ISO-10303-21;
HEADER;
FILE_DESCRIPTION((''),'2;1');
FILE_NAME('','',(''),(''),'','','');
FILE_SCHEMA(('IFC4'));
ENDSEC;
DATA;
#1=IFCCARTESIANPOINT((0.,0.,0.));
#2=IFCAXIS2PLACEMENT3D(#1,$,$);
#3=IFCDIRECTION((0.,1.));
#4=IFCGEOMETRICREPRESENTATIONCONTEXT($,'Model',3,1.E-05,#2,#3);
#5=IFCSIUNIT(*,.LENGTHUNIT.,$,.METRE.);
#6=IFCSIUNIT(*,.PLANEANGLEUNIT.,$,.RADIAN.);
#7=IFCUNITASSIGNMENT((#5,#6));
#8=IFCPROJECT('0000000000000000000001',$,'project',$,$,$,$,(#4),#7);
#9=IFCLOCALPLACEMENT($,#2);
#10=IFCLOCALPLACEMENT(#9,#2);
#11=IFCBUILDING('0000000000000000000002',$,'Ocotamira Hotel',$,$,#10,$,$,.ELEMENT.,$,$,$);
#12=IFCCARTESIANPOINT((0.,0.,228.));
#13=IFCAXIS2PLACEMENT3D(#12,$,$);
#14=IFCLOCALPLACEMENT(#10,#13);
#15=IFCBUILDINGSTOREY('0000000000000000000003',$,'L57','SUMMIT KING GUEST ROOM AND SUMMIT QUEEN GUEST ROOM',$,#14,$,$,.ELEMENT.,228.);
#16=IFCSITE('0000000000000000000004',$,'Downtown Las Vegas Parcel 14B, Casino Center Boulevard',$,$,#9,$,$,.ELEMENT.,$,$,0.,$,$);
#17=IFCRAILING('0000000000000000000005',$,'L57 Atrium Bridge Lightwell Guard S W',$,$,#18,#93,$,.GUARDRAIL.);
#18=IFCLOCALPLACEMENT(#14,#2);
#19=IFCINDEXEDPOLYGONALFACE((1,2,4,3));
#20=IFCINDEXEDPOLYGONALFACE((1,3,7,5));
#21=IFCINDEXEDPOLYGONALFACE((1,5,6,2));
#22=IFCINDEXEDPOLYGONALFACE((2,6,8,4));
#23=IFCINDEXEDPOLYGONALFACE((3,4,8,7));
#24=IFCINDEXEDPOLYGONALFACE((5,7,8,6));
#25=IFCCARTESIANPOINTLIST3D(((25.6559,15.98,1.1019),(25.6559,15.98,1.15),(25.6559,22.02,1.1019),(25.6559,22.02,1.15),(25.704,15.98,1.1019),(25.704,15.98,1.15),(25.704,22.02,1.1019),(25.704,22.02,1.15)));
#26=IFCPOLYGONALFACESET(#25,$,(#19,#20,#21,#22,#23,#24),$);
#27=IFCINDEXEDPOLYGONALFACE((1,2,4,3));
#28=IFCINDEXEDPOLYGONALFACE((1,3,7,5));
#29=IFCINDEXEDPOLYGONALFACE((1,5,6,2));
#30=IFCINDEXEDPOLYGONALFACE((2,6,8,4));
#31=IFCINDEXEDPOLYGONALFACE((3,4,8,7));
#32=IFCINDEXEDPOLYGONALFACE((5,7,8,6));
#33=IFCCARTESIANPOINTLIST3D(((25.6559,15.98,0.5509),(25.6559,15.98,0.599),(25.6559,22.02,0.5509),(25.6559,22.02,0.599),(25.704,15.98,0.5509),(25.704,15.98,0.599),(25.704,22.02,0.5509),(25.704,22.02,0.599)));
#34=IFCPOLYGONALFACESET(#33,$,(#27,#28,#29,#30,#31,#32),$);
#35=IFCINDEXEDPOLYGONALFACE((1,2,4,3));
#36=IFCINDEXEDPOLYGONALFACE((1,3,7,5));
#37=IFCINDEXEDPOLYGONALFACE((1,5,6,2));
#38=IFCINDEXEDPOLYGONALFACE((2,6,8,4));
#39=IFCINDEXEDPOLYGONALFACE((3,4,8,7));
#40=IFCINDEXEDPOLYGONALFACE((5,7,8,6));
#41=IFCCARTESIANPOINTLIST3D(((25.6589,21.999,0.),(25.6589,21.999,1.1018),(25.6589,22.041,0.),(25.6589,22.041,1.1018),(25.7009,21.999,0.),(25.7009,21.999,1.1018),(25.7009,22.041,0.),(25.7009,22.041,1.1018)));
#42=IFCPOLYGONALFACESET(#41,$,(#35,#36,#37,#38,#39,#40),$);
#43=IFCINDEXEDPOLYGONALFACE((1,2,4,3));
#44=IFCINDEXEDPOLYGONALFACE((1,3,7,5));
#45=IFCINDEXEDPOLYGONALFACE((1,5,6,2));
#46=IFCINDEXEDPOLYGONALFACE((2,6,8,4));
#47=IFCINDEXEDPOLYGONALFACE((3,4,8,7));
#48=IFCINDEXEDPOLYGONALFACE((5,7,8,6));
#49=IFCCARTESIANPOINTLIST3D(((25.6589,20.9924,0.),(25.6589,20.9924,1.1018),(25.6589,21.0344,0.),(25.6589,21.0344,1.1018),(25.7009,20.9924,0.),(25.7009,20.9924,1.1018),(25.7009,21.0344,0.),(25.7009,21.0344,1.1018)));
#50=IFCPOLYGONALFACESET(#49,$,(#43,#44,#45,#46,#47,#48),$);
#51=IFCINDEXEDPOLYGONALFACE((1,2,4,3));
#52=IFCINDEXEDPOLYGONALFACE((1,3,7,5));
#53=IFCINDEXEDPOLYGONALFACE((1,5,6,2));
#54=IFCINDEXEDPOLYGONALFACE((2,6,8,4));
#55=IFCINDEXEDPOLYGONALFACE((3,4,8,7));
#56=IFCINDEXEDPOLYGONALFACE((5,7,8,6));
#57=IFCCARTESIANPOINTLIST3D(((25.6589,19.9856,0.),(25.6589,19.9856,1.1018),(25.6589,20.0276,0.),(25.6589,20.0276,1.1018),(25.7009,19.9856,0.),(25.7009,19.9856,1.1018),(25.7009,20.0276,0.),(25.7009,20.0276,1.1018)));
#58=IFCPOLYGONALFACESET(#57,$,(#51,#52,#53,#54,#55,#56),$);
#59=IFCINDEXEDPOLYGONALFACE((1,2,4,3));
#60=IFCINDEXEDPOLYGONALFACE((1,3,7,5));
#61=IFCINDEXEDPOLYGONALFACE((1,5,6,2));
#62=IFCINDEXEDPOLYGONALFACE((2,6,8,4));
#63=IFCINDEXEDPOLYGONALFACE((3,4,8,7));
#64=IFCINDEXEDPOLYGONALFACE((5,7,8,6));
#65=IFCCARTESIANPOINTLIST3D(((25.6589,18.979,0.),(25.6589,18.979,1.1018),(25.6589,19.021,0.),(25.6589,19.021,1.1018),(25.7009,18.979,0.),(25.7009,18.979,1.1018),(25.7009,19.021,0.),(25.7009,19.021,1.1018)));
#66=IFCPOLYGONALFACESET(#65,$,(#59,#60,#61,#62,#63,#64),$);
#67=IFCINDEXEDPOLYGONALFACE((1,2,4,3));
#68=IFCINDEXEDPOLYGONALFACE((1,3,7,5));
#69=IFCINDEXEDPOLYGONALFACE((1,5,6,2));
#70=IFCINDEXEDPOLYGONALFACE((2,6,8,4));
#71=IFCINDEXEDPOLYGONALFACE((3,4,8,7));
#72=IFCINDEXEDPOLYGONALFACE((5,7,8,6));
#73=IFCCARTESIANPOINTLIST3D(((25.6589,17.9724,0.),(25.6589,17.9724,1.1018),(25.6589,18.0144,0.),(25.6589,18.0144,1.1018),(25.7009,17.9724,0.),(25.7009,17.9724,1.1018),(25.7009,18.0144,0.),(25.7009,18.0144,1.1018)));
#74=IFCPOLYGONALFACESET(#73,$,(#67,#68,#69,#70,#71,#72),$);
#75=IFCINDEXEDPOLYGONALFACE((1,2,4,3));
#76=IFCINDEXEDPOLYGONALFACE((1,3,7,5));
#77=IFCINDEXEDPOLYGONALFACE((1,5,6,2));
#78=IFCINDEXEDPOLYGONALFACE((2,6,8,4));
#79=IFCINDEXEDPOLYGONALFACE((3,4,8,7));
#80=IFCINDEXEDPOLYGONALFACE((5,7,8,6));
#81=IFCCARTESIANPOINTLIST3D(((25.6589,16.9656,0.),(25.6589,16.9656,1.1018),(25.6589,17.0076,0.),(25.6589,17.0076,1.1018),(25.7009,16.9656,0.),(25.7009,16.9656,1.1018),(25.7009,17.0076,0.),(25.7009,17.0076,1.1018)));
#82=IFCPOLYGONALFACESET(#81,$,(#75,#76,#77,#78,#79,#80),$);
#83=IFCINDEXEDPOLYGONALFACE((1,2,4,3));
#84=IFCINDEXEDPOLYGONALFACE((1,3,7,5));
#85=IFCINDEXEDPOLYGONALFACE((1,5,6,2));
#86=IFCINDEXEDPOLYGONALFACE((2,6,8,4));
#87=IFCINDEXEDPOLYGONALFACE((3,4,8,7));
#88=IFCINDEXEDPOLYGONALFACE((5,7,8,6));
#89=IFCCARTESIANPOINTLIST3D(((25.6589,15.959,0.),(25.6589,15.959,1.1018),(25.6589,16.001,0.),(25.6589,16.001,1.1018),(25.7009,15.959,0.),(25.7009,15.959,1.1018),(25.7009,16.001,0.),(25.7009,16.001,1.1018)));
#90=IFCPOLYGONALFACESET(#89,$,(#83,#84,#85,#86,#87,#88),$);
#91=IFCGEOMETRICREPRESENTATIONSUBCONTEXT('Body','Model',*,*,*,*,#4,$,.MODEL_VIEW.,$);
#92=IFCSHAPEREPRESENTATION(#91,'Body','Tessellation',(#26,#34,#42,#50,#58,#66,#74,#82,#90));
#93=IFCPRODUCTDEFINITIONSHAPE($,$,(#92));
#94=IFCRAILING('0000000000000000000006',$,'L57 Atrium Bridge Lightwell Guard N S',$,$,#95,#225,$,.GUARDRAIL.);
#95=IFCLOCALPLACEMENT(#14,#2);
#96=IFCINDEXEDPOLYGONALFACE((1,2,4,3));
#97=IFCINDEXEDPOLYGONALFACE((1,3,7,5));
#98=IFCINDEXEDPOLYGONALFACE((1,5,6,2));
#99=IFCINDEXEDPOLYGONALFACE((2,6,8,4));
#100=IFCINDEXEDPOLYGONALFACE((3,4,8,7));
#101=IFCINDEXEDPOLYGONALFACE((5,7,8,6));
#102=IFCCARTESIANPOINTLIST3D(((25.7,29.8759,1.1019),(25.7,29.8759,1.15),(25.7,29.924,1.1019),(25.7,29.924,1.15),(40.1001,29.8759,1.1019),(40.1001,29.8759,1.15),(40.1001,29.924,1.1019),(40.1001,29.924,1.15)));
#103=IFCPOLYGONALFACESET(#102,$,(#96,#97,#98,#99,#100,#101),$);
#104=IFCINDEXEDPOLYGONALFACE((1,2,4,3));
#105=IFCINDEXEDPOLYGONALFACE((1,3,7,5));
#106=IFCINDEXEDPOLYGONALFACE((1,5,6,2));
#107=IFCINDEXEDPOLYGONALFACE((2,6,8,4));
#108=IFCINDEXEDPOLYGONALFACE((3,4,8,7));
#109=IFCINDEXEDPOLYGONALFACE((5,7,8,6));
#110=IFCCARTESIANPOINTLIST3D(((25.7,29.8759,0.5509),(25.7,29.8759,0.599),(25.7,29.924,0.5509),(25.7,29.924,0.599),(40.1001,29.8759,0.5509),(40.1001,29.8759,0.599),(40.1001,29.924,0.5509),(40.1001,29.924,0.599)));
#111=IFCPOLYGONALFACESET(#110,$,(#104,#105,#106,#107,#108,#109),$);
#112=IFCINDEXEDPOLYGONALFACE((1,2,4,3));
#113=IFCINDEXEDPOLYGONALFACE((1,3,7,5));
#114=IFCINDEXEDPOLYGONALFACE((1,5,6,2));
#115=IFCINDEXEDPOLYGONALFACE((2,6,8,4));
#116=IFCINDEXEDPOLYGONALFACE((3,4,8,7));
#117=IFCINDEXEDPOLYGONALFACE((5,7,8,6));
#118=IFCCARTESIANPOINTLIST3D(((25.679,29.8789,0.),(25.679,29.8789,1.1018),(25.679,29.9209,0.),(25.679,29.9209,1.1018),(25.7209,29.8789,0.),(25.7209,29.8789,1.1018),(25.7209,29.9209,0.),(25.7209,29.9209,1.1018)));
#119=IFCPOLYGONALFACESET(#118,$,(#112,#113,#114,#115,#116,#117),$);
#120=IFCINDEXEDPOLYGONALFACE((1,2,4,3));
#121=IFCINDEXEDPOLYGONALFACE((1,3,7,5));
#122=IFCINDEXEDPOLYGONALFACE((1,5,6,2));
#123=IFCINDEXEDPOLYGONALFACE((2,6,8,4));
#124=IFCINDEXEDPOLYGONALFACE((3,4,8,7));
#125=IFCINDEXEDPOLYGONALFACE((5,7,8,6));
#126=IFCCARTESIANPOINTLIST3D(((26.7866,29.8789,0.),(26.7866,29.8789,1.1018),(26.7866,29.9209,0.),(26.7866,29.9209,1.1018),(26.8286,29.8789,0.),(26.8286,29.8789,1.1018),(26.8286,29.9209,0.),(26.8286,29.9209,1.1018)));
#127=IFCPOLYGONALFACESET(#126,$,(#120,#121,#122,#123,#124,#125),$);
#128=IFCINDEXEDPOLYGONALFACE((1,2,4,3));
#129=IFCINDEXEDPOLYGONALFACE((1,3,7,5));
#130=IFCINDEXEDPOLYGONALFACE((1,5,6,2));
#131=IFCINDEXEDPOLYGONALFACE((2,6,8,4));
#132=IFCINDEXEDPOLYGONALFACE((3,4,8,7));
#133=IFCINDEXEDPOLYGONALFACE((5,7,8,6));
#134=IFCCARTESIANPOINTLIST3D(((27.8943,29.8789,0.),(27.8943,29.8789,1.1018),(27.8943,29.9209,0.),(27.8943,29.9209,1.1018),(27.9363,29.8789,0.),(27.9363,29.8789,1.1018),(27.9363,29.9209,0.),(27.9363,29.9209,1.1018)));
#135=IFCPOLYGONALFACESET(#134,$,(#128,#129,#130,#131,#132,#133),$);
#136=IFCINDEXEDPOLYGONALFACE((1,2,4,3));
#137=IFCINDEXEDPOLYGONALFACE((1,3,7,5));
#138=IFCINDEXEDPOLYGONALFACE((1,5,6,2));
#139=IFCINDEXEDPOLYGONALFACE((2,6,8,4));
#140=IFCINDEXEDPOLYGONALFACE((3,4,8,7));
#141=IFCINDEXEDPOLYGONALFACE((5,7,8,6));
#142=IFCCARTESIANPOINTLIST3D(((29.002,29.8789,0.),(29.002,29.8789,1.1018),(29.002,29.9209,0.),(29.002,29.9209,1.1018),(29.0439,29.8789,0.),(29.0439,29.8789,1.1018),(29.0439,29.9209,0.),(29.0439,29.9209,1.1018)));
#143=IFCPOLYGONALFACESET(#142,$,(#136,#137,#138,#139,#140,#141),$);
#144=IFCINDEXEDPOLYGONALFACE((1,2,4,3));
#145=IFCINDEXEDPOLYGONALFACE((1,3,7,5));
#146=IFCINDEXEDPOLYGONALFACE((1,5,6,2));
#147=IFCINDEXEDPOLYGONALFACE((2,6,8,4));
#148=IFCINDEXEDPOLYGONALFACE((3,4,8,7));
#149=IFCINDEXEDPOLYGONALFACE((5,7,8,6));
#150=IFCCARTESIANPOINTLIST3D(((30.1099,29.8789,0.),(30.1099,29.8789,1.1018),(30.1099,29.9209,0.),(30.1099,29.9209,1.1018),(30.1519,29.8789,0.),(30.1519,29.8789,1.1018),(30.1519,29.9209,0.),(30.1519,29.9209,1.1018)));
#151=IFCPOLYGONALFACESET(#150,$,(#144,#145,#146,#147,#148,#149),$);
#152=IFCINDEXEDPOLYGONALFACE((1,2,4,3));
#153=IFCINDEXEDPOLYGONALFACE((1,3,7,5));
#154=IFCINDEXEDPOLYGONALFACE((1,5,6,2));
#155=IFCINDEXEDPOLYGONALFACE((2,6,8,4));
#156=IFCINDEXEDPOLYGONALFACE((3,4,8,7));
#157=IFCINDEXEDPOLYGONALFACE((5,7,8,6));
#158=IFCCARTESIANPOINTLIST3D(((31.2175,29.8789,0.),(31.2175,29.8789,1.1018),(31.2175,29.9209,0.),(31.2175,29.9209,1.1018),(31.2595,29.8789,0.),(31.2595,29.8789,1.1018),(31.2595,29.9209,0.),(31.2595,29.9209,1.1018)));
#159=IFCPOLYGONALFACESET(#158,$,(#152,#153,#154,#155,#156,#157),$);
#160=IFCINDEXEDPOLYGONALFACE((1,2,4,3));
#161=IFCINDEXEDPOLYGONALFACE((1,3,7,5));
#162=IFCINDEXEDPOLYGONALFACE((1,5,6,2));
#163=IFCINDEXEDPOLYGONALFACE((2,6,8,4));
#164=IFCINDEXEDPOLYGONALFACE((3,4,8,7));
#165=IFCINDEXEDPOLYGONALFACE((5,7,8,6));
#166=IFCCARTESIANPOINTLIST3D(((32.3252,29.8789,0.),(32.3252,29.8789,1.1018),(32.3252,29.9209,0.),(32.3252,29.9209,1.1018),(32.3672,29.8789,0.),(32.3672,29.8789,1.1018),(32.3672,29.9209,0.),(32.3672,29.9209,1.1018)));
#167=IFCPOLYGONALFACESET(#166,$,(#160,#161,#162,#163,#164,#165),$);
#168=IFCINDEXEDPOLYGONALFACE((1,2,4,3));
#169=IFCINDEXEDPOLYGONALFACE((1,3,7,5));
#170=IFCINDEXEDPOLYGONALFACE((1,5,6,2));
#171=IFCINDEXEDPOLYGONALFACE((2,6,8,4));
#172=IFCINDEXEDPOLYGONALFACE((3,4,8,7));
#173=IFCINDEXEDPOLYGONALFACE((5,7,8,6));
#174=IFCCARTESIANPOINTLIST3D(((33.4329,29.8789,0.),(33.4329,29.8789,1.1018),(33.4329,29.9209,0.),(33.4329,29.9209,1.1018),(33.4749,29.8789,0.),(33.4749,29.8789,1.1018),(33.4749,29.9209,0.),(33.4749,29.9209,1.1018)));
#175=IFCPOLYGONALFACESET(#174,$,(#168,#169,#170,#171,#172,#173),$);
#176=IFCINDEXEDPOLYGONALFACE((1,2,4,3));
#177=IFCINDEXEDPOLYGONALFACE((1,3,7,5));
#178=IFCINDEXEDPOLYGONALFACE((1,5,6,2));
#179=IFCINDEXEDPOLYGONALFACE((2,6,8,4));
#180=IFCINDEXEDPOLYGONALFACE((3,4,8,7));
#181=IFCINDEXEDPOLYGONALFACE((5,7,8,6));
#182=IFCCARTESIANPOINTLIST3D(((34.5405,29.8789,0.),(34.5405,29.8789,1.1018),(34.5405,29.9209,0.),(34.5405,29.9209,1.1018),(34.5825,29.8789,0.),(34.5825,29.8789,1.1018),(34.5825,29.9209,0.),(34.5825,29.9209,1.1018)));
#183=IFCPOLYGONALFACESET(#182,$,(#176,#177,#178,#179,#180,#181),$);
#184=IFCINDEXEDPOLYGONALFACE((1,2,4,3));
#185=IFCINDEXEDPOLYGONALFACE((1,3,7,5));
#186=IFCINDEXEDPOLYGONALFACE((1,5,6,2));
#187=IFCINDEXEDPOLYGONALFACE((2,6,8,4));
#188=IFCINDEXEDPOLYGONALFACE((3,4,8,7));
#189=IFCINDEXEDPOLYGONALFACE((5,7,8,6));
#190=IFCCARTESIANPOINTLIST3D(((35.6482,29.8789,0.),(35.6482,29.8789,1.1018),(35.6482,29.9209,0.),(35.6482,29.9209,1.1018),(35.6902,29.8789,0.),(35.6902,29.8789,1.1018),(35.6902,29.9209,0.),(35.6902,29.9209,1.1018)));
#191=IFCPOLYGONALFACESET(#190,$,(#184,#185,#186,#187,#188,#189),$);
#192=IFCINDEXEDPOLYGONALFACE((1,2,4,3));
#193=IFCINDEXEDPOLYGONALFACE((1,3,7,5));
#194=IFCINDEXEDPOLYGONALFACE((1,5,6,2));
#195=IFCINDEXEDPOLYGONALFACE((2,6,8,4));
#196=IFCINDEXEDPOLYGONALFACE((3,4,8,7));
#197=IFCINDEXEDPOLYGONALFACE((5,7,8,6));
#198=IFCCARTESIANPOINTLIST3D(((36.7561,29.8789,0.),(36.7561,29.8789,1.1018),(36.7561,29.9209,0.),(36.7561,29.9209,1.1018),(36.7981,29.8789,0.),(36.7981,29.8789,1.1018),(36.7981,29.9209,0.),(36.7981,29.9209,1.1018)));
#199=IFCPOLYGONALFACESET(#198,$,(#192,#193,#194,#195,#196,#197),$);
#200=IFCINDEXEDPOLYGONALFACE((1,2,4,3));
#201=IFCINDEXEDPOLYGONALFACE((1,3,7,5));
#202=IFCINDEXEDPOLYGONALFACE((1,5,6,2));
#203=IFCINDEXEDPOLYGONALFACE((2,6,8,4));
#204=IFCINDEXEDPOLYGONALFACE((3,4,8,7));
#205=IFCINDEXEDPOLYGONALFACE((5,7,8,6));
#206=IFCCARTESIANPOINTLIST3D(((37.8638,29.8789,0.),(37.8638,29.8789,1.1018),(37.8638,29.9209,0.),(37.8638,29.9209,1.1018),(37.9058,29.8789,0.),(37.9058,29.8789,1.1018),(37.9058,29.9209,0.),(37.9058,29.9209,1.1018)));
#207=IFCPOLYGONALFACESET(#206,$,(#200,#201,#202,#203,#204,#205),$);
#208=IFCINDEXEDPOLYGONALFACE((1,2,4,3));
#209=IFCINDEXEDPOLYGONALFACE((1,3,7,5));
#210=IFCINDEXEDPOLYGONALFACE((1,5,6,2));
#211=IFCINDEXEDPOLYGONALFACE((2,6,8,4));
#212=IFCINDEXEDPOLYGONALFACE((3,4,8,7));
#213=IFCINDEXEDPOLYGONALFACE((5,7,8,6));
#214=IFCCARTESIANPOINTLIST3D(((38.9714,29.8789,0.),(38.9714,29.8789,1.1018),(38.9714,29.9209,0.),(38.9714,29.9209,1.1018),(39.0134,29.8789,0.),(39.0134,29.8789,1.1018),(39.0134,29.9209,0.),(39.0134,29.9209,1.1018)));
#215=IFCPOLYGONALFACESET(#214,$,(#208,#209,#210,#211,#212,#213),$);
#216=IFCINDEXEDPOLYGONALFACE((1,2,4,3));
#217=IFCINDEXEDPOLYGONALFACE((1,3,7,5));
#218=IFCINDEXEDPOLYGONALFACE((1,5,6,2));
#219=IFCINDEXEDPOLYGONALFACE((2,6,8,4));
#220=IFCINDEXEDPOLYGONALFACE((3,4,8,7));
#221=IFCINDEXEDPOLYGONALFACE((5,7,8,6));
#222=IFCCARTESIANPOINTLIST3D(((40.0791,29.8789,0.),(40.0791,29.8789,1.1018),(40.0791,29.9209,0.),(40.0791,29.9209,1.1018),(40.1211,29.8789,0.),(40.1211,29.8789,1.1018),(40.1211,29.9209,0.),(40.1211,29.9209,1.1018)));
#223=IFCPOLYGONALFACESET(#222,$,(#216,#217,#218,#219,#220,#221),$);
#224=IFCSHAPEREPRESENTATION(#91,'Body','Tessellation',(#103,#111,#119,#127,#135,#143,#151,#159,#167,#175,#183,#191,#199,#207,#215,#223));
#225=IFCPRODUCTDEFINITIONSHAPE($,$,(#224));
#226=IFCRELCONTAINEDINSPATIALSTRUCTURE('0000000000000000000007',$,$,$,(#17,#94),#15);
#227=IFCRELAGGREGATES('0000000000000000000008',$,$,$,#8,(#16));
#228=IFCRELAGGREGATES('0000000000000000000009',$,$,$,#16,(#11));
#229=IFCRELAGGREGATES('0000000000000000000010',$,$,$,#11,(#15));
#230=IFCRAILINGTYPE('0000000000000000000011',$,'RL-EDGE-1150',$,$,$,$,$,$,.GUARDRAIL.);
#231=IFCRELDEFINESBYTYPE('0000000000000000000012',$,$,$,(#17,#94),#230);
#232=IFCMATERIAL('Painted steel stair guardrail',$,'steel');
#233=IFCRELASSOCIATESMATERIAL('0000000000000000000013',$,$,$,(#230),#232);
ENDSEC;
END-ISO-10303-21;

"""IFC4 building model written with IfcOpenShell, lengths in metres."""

from ifc_helpers import new_model, si_unit, direction, frame, origin, origin_2d, place, context, subcontext, project, spatial, rectangle, extrude, material, type_object, element, save


model = new_model("IFC4")

# Units and contexts
model_context = context("Model", 3, precision=1e-05, world=origin(), true_north=direction((0.0, 1.0)))
body_context = subcontext(model_context, "Body", "Model", "MODEL_VIEW")
ifc_project = project(units=[si_unit("LENGTHUNIT", "METRE"), si_unit("PLANEANGLEUNIT", "RADIAN")], contexts=[model_context])

# Site, building, storey
site_placement = place(None, origin())
site = spatial("IfcSite", under=ifc_project, at=site_placement, Name="Downtown Las Vegas Parcel 14B, Casino Center Boulevard", CompositionType="ELEMENT", RefElevation=0.0)
building_placement = place(site_placement, origin())
building = spatial("IfcBuilding", under=site, at=building_placement, Name="Ocotamira Hotel", CompositionType="ELEMENT")
storey_placement = place(building_placement, frame((0.0, 0.0, 228.0)))
storey = spatial("IfcBuildingStorey", under=building, at=storey_placement, Name="L57", Description="SUMMIT KING GUEST ROOM AND SUMMIT QUEEN GUEST ROOM", CompositionType="ELEMENT", Elevation=228.0)

# Railings
ifc_material_1 = material(Name="Painted steel stair guardrail", Category="steel")
railing_type = type_object("IfcRailingType", Name="RL-EDGE-1150", PredefinedType="GUARDRAIL", material=ifc_material_1)
railing_1_placement = place(storey_placement, frame((25.6799, 22.02, 0.0)))
element("IfcRailing", 1, at=railing_1_placement, inside=storey, type_object=railing_type, Name="L57 Atrium Bridge Lightwell Guard S W", PredefinedType="GUARDRAIL", context=body_context, shape_type="SweptSolid", body=[
    extrude(rectangle(XDim=0.0481, YDim=0.0481, at=origin_2d()), frame((0.0, 0.0, 1.126), z_axis=(0.0, -1.0, 0.0), x_axis=(1.0, 0.0, 0.0)), (0.0, 0.0, 1.0), 6.04),
    extrude(rectangle(XDim=0.0481, YDim=0.0481, at=origin_2d()), frame((0.0, 0.0, 0.575), z_axis=(0.0, -1.0, 0.0), x_axis=(1.0, 0.0, 0.0)), (0.0, 0.0, 1.0), 6.04),
    extrude(rectangle(XDim=0.042, YDim=0.042, at=origin_2d()), origin(), (0.0, 0.0, 1.0), 1.1018),
    extrude(rectangle(XDim=0.042, YDim=0.042, at=origin_2d()), frame((0.0, -1.0066, 0.0)), (0.0, 0.0, 1.0), 1.1018),
    extrude(rectangle(XDim=0.042, YDim=0.042, at=origin_2d()), frame((0.0, -2.0134, 0.0)), (0.0, 0.0, 1.0), 1.1018),
    extrude(rectangle(XDim=0.042, YDim=0.042, at=origin_2d()), frame((0.0, -3.02, 0.0)), (0.0, 0.0, 1.0), 1.1018),
    extrude(rectangle(XDim=0.042, YDim=0.042, at=origin_2d()), frame((0.0, -4.0266, 0.0)), (0.0, 0.0, 1.0), 1.1018),
    extrude(rectangle(XDim=0.042, YDim=0.042, at=origin_2d()), frame((0.0, -5.0334, 0.0)), (0.0, 0.0, 1.0), 1.1018),
    extrude(rectangle(XDim=0.042, YDim=0.042, at=origin_2d()), frame((0.0, -6.04, 0.0)), (0.0, 0.0, 1.0), 1.1018),
])
railing_2_placement = place(storey_placement, frame((25.7, 29.8999, 0.0)))
element("IfcRailing", 2, at=railing_2_placement, inside=storey, type_object=railing_type, Name="L57 Atrium Bridge Lightwell Guard N S", PredefinedType="GUARDRAIL", context=body_context, shape_type="SweptSolid", body=[
    extrude(rectangle(XDim=0.0481, YDim=0.0481, at=origin_2d()), frame((0.0, 0.0, 1.126), z_axis=(1.0, 0.0, 0.0), x_axis=(0.0, 1.0, 0.0)), (0.0, 0.0, 1.0), 14.4001),
    extrude(rectangle(XDim=0.0481, YDim=0.0481, at=origin_2d()), frame((0.0, 0.0, 0.575), z_axis=(1.0, 0.0, 0.0), x_axis=(0.0, 1.0, 0.0)), (0.0, 0.0, 1.0), 14.4001),
    extrude(rectangle(XDim=0.042, YDim=0.042, at=origin_2d()), origin(), (0.0, 0.0, 1.0), 1.1018),
    extrude(rectangle(XDim=0.042, YDim=0.042, at=origin_2d()), frame((1.1077, 0.0, 0.0)), (0.0, 0.0, 1.0), 1.1018),
    extrude(rectangle(XDim=0.042, YDim=0.042, at=origin_2d()), frame((2.2153, 0.0, 0.0)), (0.0, 0.0, 1.0), 1.1018),
    extrude(rectangle(XDim=0.042, YDim=0.042, at=origin_2d()), frame((3.323, 0.0, 0.0)), (0.0, 0.0, 1.0), 1.1018),
    extrude(rectangle(XDim=0.042, YDim=0.042, at=origin_2d()), frame((4.4309, 0.0, 0.0)), (0.0, 0.0, 1.0), 1.1018),
    extrude(rectangle(XDim=0.042, YDim=0.042, at=origin_2d()), frame((5.5386, 0.0, 0.0)), (0.0, 0.0, 1.0), 1.1018),
    extrude(rectangle(XDim=0.042, YDim=0.042, at=origin_2d()), frame((6.6462, 0.0, 0.0)), (0.0, 0.0, 1.0), 1.1018),
    extrude(rectangle(XDim=0.042, YDim=0.042, at=origin_2d()), frame((7.7539, 0.0, 0.0)), (0.0, 0.0, 1.0), 1.1018),
    extrude(rectangle(XDim=0.042, YDim=0.042, at=origin_2d()), frame((8.8616, 0.0, 0.0)), (0.0, 0.0, 1.0), 1.1018),
    extrude(rectangle(XDim=0.042, YDim=0.042, at=origin_2d()), frame((9.9692, 0.0, 0.0)), (0.0, 0.0, 1.0), 1.1018),
    extrude(rectangle(XDim=0.042, YDim=0.042, at=origin_2d()), frame((11.0771, 0.0, 0.0)), (0.0, 0.0, 1.0), 1.1018),
    extrude(rectangle(XDim=0.042, YDim=0.042, at=origin_2d()), frame((12.1848, 0.0, 0.0)), (0.0, 0.0, 1.0), 1.1018),
    extrude(rectangle(XDim=0.042, YDim=0.042, at=origin_2d()), frame((13.2925, 0.0, 0.0)), (0.0, 0.0, 1.0), 1.1018),
    extrude(rectangle(XDim=0.042, YDim=0.042, at=origin_2d()), frame((14.4001, 0.0, 0.0)), (0.0, 0.0, 1.0), 1.1018),
])

save(model, "model.ifc")
